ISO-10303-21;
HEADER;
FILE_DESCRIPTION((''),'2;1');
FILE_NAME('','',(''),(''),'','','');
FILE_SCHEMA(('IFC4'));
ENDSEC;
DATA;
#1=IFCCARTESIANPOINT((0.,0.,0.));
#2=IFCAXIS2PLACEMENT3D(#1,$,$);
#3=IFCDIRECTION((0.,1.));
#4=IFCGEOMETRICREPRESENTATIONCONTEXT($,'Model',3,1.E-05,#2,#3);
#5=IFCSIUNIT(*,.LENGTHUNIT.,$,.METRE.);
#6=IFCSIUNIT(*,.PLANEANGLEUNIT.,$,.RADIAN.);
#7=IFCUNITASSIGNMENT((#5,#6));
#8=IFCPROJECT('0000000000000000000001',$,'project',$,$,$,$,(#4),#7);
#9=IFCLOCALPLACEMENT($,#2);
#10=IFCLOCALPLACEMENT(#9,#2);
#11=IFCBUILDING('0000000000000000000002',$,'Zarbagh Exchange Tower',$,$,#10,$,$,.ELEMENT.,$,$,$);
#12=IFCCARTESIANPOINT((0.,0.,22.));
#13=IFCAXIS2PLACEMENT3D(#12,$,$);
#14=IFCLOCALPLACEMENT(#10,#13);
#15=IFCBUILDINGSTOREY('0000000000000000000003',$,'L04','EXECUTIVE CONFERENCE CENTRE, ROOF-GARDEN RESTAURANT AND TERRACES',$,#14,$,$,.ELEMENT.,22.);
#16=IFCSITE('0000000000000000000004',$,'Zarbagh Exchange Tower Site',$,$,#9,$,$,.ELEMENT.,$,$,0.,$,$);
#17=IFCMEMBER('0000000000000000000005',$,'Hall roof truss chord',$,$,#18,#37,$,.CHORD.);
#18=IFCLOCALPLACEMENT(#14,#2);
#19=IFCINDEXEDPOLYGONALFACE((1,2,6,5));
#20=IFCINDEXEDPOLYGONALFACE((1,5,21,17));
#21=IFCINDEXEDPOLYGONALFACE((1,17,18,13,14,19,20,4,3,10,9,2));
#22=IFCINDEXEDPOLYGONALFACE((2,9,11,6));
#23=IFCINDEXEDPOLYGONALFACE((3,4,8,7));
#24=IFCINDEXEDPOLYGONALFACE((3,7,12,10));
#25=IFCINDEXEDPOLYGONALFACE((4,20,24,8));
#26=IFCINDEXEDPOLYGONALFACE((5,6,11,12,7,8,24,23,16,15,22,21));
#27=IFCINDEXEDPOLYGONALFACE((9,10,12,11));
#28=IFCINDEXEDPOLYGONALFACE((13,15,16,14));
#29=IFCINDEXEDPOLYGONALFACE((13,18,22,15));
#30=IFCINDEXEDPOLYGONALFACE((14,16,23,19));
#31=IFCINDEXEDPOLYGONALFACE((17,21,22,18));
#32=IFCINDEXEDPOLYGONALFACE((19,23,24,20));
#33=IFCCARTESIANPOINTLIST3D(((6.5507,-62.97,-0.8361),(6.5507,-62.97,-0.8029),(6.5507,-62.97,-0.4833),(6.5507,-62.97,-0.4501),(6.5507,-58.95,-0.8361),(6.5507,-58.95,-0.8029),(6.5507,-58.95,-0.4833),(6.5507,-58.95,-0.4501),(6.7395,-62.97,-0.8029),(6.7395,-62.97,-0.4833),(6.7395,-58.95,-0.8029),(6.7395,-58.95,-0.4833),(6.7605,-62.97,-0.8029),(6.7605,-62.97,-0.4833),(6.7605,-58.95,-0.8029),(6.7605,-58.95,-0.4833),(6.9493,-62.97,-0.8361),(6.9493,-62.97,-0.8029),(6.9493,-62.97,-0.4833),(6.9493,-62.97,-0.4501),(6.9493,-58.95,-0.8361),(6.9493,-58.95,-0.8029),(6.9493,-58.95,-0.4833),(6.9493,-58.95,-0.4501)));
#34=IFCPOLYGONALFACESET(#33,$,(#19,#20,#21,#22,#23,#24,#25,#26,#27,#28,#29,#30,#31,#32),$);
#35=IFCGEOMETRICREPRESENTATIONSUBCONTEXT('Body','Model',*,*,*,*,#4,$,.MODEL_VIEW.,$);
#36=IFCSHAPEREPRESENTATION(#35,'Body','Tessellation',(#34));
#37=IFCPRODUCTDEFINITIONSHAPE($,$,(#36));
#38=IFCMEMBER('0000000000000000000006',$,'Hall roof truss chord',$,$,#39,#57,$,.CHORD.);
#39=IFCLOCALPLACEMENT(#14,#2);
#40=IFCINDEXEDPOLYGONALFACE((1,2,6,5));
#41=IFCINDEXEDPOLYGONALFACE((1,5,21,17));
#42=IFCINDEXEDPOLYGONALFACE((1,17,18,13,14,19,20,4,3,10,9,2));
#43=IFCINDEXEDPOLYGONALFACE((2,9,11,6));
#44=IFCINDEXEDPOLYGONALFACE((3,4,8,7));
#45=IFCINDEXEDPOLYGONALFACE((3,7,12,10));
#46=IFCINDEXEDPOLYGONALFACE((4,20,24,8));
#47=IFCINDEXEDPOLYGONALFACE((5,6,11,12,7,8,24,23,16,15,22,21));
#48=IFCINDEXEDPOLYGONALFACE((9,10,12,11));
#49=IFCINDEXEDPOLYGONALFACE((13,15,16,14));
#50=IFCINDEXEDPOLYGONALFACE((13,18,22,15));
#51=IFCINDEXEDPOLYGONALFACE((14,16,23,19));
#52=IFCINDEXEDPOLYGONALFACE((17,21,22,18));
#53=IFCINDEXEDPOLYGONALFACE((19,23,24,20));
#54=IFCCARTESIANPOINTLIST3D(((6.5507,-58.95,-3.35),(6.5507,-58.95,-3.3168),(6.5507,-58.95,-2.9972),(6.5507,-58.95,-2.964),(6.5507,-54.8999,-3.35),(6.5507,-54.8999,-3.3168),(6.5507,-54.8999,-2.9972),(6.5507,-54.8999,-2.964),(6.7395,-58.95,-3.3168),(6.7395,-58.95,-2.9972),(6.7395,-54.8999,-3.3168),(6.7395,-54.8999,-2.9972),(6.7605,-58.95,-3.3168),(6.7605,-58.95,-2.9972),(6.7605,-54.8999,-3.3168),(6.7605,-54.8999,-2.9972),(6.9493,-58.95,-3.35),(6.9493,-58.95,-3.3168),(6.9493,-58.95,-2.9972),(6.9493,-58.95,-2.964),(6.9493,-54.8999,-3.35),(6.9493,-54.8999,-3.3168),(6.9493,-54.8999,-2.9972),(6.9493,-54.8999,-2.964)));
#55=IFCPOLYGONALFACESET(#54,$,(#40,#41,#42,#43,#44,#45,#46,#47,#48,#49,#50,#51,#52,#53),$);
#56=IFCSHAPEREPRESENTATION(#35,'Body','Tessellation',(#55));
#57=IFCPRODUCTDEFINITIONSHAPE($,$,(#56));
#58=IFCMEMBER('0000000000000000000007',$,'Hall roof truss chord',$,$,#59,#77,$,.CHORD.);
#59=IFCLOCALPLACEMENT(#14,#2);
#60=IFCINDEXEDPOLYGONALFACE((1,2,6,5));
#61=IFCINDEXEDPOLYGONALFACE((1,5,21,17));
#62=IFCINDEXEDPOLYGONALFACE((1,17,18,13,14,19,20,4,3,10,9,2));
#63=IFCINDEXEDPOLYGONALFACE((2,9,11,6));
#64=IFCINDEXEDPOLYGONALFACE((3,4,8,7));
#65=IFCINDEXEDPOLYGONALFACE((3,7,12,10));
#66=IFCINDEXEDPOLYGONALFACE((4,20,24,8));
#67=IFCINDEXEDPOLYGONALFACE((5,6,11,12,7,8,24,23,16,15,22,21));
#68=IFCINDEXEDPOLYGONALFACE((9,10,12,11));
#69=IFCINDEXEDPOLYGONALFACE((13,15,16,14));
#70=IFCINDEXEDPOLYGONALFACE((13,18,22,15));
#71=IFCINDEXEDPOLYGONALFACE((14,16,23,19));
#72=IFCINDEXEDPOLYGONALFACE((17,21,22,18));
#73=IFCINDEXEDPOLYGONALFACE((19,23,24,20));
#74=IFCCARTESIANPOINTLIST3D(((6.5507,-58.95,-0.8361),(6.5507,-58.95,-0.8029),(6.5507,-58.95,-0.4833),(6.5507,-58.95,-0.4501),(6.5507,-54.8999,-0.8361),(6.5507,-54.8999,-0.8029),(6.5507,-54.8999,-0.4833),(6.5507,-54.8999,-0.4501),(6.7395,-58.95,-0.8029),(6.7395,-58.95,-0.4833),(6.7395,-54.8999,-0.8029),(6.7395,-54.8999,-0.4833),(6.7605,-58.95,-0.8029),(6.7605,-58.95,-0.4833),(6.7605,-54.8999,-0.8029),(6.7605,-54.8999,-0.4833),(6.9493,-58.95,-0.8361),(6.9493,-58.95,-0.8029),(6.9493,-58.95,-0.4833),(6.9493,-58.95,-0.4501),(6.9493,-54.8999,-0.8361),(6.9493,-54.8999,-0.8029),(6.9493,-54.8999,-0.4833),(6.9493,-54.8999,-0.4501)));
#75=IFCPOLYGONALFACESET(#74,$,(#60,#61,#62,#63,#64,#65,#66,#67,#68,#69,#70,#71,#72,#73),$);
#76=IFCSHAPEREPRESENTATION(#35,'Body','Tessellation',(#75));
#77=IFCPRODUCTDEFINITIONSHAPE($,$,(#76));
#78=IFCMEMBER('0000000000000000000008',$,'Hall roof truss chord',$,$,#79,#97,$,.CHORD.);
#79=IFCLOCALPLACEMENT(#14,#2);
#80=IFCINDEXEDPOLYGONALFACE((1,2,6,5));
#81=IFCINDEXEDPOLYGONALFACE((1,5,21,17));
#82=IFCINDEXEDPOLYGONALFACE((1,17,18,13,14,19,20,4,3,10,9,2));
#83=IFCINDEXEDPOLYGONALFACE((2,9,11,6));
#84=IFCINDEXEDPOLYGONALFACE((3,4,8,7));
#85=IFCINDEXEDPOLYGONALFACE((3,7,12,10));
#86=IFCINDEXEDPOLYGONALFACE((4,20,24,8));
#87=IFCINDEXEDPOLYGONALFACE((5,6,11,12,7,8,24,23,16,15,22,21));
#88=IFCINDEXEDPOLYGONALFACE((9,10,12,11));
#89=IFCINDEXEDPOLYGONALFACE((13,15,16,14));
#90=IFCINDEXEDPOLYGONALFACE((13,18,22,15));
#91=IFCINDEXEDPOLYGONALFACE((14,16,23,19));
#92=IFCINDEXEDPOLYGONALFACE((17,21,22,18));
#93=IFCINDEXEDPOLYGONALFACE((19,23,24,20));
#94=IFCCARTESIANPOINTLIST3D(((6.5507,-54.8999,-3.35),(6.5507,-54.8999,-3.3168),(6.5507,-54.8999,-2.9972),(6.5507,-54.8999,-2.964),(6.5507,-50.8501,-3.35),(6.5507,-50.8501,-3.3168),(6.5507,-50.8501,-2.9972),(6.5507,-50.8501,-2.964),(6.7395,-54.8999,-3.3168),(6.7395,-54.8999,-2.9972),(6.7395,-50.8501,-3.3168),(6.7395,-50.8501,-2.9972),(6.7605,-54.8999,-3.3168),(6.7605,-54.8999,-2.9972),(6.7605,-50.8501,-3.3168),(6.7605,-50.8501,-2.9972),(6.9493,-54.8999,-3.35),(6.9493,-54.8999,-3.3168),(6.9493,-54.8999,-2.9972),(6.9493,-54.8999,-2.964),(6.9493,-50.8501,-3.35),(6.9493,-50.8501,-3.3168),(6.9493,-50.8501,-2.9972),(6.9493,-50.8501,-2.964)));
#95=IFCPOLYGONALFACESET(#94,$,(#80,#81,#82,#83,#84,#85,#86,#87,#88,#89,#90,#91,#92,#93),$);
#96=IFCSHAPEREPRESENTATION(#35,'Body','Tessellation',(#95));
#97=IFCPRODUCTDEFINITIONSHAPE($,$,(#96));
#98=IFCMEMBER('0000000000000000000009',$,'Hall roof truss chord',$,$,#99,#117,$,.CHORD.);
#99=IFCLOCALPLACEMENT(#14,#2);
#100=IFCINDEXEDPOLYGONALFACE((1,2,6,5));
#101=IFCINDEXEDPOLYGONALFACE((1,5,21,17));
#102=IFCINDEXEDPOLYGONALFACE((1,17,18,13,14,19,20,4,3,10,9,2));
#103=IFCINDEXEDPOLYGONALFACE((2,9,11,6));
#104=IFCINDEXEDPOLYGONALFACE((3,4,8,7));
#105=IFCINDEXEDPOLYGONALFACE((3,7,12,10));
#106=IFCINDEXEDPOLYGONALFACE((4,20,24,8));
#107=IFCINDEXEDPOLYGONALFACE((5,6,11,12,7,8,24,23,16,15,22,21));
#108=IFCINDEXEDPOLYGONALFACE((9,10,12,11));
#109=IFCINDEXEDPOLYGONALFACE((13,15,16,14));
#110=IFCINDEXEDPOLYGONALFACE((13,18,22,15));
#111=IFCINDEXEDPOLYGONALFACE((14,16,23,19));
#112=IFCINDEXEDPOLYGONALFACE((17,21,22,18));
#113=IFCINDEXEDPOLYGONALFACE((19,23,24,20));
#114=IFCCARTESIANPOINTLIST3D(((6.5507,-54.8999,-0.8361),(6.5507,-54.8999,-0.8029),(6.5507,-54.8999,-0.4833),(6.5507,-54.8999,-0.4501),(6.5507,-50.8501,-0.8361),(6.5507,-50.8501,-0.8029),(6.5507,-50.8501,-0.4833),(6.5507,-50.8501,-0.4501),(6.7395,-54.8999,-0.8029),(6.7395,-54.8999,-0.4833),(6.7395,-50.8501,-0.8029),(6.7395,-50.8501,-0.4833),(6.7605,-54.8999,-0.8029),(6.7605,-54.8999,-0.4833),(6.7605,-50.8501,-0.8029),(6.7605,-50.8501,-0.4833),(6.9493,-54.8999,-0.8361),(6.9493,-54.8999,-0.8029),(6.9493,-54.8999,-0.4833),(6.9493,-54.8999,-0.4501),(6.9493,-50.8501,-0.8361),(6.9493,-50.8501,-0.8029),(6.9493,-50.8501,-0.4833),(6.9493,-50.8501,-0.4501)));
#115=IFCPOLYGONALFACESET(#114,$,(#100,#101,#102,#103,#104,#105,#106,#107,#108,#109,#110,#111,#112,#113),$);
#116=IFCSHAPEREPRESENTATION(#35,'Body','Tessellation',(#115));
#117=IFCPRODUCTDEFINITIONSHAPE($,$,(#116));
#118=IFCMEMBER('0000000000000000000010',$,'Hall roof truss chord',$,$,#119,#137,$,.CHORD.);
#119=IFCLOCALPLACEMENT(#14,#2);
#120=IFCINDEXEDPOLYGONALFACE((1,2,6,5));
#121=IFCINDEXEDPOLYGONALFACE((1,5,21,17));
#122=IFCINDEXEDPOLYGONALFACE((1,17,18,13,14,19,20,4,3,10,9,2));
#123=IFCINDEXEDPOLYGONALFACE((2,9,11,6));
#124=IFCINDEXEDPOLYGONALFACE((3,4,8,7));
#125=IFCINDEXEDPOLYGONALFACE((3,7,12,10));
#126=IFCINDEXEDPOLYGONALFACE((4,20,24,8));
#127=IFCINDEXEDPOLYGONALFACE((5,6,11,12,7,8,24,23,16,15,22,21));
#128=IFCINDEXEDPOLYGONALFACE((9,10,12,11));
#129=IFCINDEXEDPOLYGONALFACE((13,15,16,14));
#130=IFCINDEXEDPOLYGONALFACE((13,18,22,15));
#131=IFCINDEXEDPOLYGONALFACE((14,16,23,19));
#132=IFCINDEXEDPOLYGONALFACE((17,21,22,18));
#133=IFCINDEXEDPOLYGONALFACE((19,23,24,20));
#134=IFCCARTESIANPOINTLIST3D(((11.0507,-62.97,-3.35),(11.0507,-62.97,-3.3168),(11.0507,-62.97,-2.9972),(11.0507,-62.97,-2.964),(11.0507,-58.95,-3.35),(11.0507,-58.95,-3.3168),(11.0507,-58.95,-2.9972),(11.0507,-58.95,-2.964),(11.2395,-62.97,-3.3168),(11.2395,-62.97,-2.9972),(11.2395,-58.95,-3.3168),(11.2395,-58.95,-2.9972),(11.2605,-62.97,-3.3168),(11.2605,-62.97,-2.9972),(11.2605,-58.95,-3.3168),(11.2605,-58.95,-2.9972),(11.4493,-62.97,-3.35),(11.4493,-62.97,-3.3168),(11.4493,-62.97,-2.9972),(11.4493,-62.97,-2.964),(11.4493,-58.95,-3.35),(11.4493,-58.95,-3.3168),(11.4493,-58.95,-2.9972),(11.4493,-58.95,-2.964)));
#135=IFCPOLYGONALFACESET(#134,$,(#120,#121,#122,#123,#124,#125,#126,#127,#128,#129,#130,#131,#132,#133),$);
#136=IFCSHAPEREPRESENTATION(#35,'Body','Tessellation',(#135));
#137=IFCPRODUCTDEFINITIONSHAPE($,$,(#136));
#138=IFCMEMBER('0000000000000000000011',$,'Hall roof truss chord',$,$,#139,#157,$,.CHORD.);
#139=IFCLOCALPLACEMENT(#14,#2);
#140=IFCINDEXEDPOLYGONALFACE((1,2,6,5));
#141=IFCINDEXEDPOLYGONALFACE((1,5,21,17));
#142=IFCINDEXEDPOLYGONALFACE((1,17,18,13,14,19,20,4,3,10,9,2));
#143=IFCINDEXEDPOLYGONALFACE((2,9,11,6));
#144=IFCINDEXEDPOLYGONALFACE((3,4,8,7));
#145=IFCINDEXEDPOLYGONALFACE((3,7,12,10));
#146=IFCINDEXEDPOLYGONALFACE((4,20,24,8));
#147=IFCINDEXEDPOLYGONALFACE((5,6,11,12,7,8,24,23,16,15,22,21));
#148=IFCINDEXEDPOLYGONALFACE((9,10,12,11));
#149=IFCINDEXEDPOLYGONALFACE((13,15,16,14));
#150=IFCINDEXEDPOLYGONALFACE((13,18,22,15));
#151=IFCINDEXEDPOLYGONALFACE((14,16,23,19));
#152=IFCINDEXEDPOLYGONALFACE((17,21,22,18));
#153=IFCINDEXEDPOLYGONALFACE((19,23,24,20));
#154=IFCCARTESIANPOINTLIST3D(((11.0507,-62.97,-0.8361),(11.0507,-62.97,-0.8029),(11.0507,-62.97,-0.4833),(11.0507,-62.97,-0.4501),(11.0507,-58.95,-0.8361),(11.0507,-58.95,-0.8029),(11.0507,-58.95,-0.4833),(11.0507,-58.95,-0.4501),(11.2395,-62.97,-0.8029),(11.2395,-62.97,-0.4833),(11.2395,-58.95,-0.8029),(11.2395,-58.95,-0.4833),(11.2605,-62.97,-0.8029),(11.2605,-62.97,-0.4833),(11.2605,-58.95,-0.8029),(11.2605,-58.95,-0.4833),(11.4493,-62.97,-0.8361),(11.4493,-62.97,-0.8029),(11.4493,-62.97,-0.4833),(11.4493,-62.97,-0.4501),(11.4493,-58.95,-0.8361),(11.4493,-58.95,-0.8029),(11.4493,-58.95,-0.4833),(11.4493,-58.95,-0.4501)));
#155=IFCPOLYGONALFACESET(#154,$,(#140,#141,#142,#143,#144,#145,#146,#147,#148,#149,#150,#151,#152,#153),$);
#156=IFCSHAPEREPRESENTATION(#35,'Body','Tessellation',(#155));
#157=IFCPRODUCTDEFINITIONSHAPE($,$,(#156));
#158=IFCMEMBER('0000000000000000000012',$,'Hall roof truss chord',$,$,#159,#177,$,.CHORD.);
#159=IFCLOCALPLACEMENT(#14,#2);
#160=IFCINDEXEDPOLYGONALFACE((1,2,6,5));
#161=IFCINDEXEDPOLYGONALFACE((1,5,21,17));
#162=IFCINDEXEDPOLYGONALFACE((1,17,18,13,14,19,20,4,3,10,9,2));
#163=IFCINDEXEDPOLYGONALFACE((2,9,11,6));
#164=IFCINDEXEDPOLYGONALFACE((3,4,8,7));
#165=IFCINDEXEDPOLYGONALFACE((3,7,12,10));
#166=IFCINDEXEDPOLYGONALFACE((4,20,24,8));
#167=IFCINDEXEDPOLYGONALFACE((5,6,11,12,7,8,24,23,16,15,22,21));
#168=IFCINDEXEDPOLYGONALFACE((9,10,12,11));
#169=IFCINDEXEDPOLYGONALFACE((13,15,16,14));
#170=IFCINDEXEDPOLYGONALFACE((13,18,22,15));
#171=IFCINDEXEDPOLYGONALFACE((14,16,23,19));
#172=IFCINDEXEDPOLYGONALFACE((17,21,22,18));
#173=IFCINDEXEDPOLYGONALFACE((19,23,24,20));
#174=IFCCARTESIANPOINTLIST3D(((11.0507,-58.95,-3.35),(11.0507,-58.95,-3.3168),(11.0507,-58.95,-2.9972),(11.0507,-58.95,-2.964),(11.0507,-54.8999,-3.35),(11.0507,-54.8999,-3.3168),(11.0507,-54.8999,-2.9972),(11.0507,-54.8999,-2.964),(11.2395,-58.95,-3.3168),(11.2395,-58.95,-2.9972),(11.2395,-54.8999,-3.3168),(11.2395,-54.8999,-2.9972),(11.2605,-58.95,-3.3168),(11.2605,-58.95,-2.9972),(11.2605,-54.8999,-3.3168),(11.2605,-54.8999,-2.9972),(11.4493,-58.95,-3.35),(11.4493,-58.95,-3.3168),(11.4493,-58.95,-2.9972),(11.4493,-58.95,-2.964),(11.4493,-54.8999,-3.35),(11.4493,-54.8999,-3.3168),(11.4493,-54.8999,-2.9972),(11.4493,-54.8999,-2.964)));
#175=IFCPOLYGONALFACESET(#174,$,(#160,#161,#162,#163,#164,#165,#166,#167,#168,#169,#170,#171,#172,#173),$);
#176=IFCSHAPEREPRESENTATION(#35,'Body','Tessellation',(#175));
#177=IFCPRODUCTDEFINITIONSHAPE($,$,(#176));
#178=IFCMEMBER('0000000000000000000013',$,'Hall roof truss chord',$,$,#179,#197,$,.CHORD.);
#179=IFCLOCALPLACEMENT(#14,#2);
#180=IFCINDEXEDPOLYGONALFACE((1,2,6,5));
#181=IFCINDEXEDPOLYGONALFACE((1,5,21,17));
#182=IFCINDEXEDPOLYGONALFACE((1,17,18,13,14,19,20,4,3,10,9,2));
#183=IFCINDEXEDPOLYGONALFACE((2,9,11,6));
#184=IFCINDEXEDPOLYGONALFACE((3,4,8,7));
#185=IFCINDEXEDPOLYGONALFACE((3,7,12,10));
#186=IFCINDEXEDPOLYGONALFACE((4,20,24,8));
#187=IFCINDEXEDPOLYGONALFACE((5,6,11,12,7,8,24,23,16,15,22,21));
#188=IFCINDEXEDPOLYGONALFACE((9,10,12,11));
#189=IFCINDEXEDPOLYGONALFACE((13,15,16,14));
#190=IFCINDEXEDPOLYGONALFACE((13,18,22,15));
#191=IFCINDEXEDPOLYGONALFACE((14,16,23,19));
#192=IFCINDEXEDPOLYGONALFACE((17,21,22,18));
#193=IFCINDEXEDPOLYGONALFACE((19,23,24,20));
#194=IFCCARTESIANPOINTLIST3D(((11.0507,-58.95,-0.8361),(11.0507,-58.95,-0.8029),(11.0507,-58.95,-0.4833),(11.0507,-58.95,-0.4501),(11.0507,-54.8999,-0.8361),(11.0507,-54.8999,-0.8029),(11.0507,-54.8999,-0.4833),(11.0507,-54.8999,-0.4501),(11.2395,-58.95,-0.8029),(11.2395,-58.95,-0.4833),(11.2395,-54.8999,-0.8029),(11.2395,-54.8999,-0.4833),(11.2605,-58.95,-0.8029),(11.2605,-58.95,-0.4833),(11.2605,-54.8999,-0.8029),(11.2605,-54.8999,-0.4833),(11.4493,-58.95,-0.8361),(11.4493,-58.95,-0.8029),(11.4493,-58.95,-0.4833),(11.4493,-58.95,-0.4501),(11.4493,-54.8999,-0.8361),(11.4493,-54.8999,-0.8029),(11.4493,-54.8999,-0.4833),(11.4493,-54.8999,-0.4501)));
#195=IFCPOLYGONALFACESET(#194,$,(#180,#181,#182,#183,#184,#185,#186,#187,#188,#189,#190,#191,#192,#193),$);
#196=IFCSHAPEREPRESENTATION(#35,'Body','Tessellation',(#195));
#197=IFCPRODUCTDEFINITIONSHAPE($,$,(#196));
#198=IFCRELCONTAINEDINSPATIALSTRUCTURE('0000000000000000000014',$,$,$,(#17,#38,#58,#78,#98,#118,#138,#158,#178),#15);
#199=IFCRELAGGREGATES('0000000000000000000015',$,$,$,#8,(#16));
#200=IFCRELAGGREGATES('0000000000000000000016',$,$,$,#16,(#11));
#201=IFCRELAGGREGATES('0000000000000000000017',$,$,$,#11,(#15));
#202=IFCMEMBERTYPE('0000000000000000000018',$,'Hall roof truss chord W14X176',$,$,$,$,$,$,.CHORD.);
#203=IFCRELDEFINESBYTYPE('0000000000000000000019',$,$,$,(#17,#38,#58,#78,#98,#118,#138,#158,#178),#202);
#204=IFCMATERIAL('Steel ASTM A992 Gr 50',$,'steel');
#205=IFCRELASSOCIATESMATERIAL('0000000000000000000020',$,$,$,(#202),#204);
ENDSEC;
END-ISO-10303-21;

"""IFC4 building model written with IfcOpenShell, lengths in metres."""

from ifc_helpers import new_model, si_unit, direction, frame, origin, origin_2d, place, context, subcontext, project, spatial, i_section, extrude, material, material_profile, profile_set, type_object, element, save


model = new_model("IFC4")

# Units and contexts
model_context = context("Model", 3, precision=1e-05, world=origin(), true_north=direction((0.0, 1.0)))
body_context = subcontext(model_context, "Body", "Model", "MODEL_VIEW")
ifc_project = project(units=[si_unit("LENGTHUNIT", "METRE"), si_unit("PLANEANGLEUNIT", "RADIAN")], contexts=[model_context])

# Site, building, storey
site_placement = place(None, origin())
site = spatial("IfcSite", under=ifc_project, at=site_placement, Name="Zarbagh Exchange Tower Site", CompositionType="ELEMENT", RefElevation=0.0)
building_placement = place(site_placement, origin())
building = spatial("IfcBuilding", under=site, at=building_placement, Name="Zarbagh Exchange Tower", CompositionType="ELEMENT")
storey_placement = place(building_placement, frame((0.0, 0.0, 22.0)))
storey = spatial("IfcBuildingStorey", under=building, at=storey_placement, Name="L04", Description="EXECUTIVE CONFERENCE CENTRE, ROOF-GARDEN RESTAURANT AND TERRACES", CompositionType="ELEMENT", Elevation=22.0)

# Members
ifc_material_1 = material(Name="Steel ASTM A992 Gr 50", Category="steel")
ifc_material_profile_1 = material_profile(ifc_material_1, i_section(OverallWidth=0.3987, OverallDepth=0.386, WebThickness=0.021, FlangeThickness=0.0332, at=origin_2d()), Name="W14X176")
ifc_profile_set_1 = profile_set([ifc_material_profile_1], Name="Steel ASTM A992 Gr 50")
member_type_1 = type_object("IfcMemberType", Name="Hall roof truss chord W14X176", PredefinedType="CHORD", material=ifc_profile_set_1)
for number, where, z_axis, x_axis, name in (
    (1, (6.75, -62.97, -0.6431), (0.0, 1.0, 0.0), (-1.0, 0.0, 0.0), "Hall roof truss chord"),
):
    element("IfcMember", number, at=place(storey_placement, frame(where, z_axis=z_axis, x_axis=x_axis)), inside=storey, type_object=member_type_1, Name=name, PredefinedType="CHORD", context=body_context, shape_type="SweptSolid", body=[
        extrude(i_section(OverallWidth=0.3987, OverallDepth=0.386, WebThickness=0.021, FlangeThickness=0.0332, at=origin_2d()), origin(), (0.0, 0.0, 1.0), 4.02),
    ])
for number, where, z_axis, x_axis, name in (
    (2, (6.75, -58.95, -3.157), (0.0, 1.0, 0.0), (-1.0, 0.0, 0.0), "Hall roof truss chord"),
    (3, (6.75, -58.95, -0.6431), (0.0, 1.0, 0.0), (-1.0, 0.0, 0.0), "Hall roof truss chord"),
):
    element("IfcMember", number, at=place(storey_placement, frame(where, z_axis=z_axis, x_axis=x_axis)), inside=storey, type_object=member_type_1, Name=name, PredefinedType="CHORD", context=body_context, shape_type="SweptSolid", body=[
        extrude(i_section(OverallWidth=0.3987, OverallDepth=0.386, WebThickness=0.021, FlangeThickness=0.0332, at=origin_2d()), origin(), (0.0, 0.0, 1.0), 4.05),
    ])
for number, where, z_axis, x_axis, name in (
    (4, (6.75, -54.8999, -3.157), (0.0, 1.0, 0.0), (-1.0, 0.0, 0.0), "Hall roof truss chord"),
    (5, (6.75, -54.8999, -0.6431), (0.0, 1.0, 0.0), (-1.0, 0.0, 0.0), "Hall roof truss chord"),
):
    element("IfcMember", number, at=place(storey_placement, frame(where, z_axis=z_axis, x_axis=x_axis)), inside=storey, type_object=member_type_1, Name=name, PredefinedType="CHORD", context=body_context, shape_type="SweptSolid", body=[
        extrude(i_section(OverallWidth=0.3987, OverallDepth=0.386, WebThickness=0.021, FlangeThickness=0.0332, at=origin_2d()), origin(), (0.0, 0.0, 1.0), 4.0498),
    ])
for number, where, z_axis, x_axis, name in (
    (6, (11.25, -62.97, -3.157), (0.0, 1.0, 0.0), (-1.0, 0.0, 0.0), "Hall roof truss chord"),
    (7, (11.25, -62.97, -0.6431), (0.0, 1.0, 0.0), (-1.0, 0.0, 0.0), "Hall roof truss chord"),
):
    element("IfcMember", number, at=place(storey_placement, frame(where, z_axis=z_axis, x_axis=x_axis)), inside=storey, type_object=member_type_1, Name=name, PredefinedType="CHORD", context=body_context, shape_type="SweptSolid", body=[
        extrude(i_section(OverallWidth=0.3987, OverallDepth=0.386, WebThickness=0.021, FlangeThickness=0.0332, at=origin_2d()), origin(), (0.0, 0.0, 1.0), 4.02),
    ])
for number, where, z_axis, x_axis, name in (
    (8, (11.25, -58.95, -3.157), (0.0, 1.0, 0.0), (-1.0, 0.0, 0.0), "Hall roof truss chord"),
    (9, (11.25, -58.95, -0.6431), (0.0, 1.0, 0.0), (-1.0, 0.0, 0.0), "Hall roof truss chord"),
):
    element("IfcMember", number, at=place(storey_placement, frame(where, z_axis=z_axis, x_axis=x_axis)), inside=storey, type_object=member_type_1, Name=name, PredefinedType="CHORD", context=body_context, shape_type="SweptSolid", body=[
        extrude(i_section(OverallWidth=0.3987, OverallDepth=0.386, WebThickness=0.021, FlangeThickness=0.0332, at=origin_2d()), origin(), (0.0, 0.0, 1.0), 4.05),
    ])

save(model, "model.ifc")
